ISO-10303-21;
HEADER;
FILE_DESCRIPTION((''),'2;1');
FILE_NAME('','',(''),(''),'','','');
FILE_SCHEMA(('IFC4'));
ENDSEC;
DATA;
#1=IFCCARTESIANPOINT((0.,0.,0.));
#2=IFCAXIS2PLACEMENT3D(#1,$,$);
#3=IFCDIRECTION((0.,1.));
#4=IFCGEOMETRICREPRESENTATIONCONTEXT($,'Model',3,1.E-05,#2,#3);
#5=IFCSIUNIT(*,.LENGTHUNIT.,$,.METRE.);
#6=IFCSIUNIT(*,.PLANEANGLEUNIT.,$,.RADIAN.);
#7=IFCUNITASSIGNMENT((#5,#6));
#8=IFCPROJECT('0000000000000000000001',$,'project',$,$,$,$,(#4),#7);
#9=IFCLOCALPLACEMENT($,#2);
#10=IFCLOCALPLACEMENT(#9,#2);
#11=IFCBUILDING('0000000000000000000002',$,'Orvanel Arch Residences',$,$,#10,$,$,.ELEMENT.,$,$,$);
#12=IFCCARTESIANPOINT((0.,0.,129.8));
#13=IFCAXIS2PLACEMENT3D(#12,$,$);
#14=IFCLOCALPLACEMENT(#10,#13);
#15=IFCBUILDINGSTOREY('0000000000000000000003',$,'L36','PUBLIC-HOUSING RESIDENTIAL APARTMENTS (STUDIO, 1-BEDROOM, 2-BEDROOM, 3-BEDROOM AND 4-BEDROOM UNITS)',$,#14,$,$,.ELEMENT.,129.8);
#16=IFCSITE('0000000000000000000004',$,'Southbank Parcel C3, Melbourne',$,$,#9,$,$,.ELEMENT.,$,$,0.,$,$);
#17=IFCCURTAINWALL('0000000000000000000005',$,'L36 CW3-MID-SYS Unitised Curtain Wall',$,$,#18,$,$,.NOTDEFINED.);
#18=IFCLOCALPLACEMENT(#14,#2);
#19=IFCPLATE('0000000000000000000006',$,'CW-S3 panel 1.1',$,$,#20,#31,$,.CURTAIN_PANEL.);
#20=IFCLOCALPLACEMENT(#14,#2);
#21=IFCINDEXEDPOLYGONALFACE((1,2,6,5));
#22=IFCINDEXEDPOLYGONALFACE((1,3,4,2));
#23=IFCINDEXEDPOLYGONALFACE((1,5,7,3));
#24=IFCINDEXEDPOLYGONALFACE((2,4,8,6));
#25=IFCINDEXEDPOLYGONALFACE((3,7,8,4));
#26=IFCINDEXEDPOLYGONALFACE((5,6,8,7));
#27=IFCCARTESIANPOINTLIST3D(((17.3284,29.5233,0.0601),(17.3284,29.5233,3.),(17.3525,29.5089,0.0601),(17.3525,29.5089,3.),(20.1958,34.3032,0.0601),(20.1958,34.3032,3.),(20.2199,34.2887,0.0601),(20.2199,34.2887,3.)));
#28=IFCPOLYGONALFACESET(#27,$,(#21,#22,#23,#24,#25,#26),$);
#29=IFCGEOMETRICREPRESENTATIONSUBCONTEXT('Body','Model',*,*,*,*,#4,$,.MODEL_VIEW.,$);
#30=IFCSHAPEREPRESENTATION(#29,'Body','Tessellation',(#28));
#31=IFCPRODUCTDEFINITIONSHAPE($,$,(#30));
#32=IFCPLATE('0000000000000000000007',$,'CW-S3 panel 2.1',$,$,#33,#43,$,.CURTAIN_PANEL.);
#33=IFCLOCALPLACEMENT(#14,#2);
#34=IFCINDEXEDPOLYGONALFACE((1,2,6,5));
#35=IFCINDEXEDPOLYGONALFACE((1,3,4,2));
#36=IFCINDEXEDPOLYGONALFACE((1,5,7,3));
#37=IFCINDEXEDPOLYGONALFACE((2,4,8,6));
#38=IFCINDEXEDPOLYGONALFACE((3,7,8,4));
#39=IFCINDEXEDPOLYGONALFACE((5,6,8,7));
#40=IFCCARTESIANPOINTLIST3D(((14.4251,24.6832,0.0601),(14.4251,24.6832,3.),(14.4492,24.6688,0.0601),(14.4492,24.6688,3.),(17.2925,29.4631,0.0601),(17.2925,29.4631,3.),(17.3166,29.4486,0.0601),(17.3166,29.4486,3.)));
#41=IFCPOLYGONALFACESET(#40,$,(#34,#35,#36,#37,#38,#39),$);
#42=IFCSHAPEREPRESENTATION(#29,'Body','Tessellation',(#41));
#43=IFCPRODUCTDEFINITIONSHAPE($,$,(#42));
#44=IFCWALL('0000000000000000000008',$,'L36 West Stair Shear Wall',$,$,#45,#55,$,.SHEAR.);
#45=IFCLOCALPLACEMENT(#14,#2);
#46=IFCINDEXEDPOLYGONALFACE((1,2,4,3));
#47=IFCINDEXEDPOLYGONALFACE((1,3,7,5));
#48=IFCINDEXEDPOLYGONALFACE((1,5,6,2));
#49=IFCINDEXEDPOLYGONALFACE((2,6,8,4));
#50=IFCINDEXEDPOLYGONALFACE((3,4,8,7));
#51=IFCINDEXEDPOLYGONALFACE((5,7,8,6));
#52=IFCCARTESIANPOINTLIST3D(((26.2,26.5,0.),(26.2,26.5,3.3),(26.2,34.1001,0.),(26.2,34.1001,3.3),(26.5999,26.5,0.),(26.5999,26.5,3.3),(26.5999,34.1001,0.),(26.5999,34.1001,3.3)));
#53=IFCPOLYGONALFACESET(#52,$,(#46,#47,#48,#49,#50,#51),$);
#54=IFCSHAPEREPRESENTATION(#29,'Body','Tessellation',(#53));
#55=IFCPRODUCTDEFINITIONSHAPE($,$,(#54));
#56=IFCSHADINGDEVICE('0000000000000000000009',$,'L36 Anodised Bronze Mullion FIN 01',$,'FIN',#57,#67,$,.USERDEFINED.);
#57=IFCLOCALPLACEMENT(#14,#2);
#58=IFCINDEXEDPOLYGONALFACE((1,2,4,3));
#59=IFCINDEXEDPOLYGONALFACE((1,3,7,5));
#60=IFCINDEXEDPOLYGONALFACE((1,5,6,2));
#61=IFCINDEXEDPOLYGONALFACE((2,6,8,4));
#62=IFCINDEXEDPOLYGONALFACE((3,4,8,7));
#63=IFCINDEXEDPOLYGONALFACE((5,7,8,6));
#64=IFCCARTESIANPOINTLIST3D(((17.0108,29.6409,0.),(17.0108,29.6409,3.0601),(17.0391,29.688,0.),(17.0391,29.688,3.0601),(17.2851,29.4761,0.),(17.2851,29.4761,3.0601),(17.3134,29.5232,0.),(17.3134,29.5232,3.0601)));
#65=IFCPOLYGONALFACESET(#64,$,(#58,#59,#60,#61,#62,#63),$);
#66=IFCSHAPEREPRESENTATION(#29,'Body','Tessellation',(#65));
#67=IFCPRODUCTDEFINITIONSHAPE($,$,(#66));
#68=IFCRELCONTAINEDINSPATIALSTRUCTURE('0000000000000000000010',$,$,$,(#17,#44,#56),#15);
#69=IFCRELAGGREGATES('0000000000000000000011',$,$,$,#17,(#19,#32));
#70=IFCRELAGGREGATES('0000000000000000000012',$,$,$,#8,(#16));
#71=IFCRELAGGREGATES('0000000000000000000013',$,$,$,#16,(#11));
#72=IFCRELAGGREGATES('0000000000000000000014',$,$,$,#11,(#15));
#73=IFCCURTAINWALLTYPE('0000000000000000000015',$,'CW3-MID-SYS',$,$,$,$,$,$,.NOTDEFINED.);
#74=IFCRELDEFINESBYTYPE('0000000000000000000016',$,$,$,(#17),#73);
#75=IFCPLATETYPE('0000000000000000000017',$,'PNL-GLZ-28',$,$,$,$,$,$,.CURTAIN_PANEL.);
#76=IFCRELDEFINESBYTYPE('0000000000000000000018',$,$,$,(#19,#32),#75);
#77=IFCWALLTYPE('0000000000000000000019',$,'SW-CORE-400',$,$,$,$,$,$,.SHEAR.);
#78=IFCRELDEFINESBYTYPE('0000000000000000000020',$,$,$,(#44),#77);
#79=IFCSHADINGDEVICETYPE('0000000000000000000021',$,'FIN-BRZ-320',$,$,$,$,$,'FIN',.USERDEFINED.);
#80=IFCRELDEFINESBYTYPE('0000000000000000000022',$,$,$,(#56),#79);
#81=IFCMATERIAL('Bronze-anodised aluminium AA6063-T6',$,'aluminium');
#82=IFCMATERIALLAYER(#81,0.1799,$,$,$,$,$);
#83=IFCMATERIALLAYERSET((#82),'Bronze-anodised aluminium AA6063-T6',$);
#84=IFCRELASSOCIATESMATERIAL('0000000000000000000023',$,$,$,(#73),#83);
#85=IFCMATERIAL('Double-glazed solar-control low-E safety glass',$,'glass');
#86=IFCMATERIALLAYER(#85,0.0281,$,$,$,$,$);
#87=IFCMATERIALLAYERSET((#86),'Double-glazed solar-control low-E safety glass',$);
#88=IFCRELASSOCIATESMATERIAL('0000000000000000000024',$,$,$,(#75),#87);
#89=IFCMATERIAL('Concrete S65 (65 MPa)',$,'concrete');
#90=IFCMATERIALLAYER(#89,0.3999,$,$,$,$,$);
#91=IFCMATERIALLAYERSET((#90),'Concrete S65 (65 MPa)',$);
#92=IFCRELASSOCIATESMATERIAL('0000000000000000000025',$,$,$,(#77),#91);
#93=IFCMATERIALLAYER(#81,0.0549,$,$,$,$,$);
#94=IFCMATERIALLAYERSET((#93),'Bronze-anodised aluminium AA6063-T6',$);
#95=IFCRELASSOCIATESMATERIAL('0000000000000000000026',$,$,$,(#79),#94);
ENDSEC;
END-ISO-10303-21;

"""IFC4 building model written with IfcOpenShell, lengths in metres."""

from ifc_helpers import new_model, si_unit, direction, frame, frame_2d, origin, origin_2d, place, context, subcontext, project, spatial, rectangle, extrude, material, layer, layer_set, type_object, element, aggregate, save


model = new_model("IFC4")

# Units and contexts
model_context = context("Model", 3, precision=1e-05, world=origin(), true_north=direction((0.0, 1.0)))
body_context = subcontext(model_context, "Body", "Model", "MODEL_VIEW")
ifc_project = project(units=[si_unit("LENGTHUNIT", "METRE"), si_unit("PLANEANGLEUNIT", "RADIAN")], contexts=[model_context])

# Site, building, storey
site_placement = place(None, origin())
site = spatial("IfcSite", under=ifc_project, at=site_placement, Name="Southbank Parcel C3, Melbourne", CompositionType="ELEMENT", RefElevation=0.0)
building_placement = place(site_placement, origin())
building = spatial("IfcBuilding", under=site, at=building_placement, Name="Orvanel Arch Residences", CompositionType="ELEMENT")
storey_placement = place(building_placement, frame((0.0, 0.0, 129.8)))
storey = spatial("IfcBuildingStorey", under=building, at=storey_placement, Name="L36", Description="PUBLIC-HOUSING RESIDENTIAL APARTMENTS (STUDIO, 1-BEDROOM, 2-BEDROOM, 3-BEDROOM AND 4-BEDROOM UNITS)", CompositionType="ELEMENT", Elevation=129.8)

# Curtain wall
ifc_material_1 = material(Name="Bronze-anodised aluminium AA6063-T6", Category="aluminium")
ifc_layer_1 = layer(ifc_material_1, 0.1799)
ifc_layer_set_1 = layer_set([ifc_layer_1], Name="Bronze-anodised aluminium AA6063-T6")
curtain_wall_type = type_object("IfcCurtainWallType", Name="CW3-MID-SYS", PredefinedType="NOTDEFINED", material=ifc_layer_set_1)
curtain_wall_1_placement = place(storey_placement, origin())
curtain_wall_1 = element("IfcCurtainWall", 1, at=curtain_wall_1_placement, inside=storey, type_object=curtain_wall_type, Name="L36 CW3-MID-SYS Unitised Curtain Wall", PredefinedType="NOTDEFINED")

# Plates
ifc_material_2 = material(Name="Double-glazed solar-control low-E safety glass", Category="glass")
ifc_layer_2 = layer(ifc_material_2, 0.0281)
ifc_layer_set_2 = layer_set([ifc_layer_2], Name="Double-glazed solar-control low-E safety glass")
plate_type = type_object("IfcPlateType", Name="PNL-GLZ-28", PredefinedType="CURTAIN_PANEL", material=ifc_layer_set_2)
plate_1_placement = place(storey_placement, frame((18.7742, 31.906, 0.0601), z_axis=(0.0, 0.0, 1.0), x_axis=(-0.514431, -0.857532, 0.0)))
plate_1 = element("IfcPlate", 2, at=plate_1_placement, type_object=plate_type, Name="CW-S3 panel 1.1", PredefinedType="CURTAIN_PANEL", context=body_context, shape_type="SweptSolid", body=[
    extrude(rectangle(XDim=5.574, YDim=0.0281, at=origin_2d()), origin(), (0.0, 0.0, 1.0), 2.9399),
])
plate_2_placement = place(storey_placement, frame((15.8708, 27.0659, 0.0601), z_axis=(0.0, 0.0, 1.0), x_axis=(-0.514431, -0.857532, 0.0)))
plate_2 = element("IfcPlate", 3, at=plate_2_placement, type_object=plate_type, Name="CW-S3 panel 2.1", PredefinedType="CURTAIN_PANEL", context=body_context, shape_type="SweptSolid", body=[
    extrude(rectangle(XDim=5.574, YDim=0.0281, at=origin_2d()), origin(), (0.0, 0.0, 1.0), 2.9399),
])
aggregate(curtain_wall_1, [plate_1, plate_2])

# Shared definitions
ifc_material_3 = material(Name="Concrete S65 (65 MPa)", Category="concrete")
ifc_layer_3 = layer(ifc_material_3, 0.3999)
ifc_layer_set_3 = layer_set([ifc_layer_3], Name="Concrete S65 (65 MPa)")
wall_type = type_object("IfcWallType", Name="SW-CORE-400", PredefinedType="SHEAR", material=ifc_layer_set_3)

# Wall
wall_1_placement = place(storey_placement, frame((26.3999, 26.5, 0.0), z_axis=(0.0, 0.0, 1.0), x_axis=(0.0, 1.0, 0.0)))
element("IfcWall", 4, at=wall_1_placement, inside=storey, type_object=wall_type, Name="L36 West Stair Shear Wall", PredefinedType="SHEAR", context=body_context, shape_type="SweptSolid", body=[
    extrude(rectangle(XDim=7.6001, YDim=0.3999, at=frame_2d((3.8, 0.0))), origin(), (0.0, 0.0, 1.0), 3.3),
])

# Shading device
ifc_layer_4 = layer(ifc_material_1, 0.0549)
ifc_layer_set_4 = layer_set([ifc_layer_4], Name="Bronze-anodised aluminium AA6063-T6")
shading_device_type = type_object("IfcShadingDeviceType", Name="FIN-BRZ-320", ElementType="FIN", PredefinedType="USERDEFINED", material=ifc_layer_set_4)
shading_device_placement = place(storey_placement, frame((17.1621, 29.582, 0.0), z_axis=(0.0, 0.0, 1.0), x_axis=(-0.857167, 0.515038, 0.0)))
element("IfcShadingDevice", 5, at=shading_device_placement, inside=storey, type_object=shading_device_type, Name="L36 Anodised Bronze Mullion FIN 01", ObjectType="FIN", PredefinedType="USERDEFINED", context=body_context, shape_type="SweptSolid", body=[
    extrude(rectangle(XDim=0.3201, YDim=0.0549, at=origin_2d()), origin(), (0.0, 0.0, 1.0), 3.0601),
])

save(model, "model.ifc")
